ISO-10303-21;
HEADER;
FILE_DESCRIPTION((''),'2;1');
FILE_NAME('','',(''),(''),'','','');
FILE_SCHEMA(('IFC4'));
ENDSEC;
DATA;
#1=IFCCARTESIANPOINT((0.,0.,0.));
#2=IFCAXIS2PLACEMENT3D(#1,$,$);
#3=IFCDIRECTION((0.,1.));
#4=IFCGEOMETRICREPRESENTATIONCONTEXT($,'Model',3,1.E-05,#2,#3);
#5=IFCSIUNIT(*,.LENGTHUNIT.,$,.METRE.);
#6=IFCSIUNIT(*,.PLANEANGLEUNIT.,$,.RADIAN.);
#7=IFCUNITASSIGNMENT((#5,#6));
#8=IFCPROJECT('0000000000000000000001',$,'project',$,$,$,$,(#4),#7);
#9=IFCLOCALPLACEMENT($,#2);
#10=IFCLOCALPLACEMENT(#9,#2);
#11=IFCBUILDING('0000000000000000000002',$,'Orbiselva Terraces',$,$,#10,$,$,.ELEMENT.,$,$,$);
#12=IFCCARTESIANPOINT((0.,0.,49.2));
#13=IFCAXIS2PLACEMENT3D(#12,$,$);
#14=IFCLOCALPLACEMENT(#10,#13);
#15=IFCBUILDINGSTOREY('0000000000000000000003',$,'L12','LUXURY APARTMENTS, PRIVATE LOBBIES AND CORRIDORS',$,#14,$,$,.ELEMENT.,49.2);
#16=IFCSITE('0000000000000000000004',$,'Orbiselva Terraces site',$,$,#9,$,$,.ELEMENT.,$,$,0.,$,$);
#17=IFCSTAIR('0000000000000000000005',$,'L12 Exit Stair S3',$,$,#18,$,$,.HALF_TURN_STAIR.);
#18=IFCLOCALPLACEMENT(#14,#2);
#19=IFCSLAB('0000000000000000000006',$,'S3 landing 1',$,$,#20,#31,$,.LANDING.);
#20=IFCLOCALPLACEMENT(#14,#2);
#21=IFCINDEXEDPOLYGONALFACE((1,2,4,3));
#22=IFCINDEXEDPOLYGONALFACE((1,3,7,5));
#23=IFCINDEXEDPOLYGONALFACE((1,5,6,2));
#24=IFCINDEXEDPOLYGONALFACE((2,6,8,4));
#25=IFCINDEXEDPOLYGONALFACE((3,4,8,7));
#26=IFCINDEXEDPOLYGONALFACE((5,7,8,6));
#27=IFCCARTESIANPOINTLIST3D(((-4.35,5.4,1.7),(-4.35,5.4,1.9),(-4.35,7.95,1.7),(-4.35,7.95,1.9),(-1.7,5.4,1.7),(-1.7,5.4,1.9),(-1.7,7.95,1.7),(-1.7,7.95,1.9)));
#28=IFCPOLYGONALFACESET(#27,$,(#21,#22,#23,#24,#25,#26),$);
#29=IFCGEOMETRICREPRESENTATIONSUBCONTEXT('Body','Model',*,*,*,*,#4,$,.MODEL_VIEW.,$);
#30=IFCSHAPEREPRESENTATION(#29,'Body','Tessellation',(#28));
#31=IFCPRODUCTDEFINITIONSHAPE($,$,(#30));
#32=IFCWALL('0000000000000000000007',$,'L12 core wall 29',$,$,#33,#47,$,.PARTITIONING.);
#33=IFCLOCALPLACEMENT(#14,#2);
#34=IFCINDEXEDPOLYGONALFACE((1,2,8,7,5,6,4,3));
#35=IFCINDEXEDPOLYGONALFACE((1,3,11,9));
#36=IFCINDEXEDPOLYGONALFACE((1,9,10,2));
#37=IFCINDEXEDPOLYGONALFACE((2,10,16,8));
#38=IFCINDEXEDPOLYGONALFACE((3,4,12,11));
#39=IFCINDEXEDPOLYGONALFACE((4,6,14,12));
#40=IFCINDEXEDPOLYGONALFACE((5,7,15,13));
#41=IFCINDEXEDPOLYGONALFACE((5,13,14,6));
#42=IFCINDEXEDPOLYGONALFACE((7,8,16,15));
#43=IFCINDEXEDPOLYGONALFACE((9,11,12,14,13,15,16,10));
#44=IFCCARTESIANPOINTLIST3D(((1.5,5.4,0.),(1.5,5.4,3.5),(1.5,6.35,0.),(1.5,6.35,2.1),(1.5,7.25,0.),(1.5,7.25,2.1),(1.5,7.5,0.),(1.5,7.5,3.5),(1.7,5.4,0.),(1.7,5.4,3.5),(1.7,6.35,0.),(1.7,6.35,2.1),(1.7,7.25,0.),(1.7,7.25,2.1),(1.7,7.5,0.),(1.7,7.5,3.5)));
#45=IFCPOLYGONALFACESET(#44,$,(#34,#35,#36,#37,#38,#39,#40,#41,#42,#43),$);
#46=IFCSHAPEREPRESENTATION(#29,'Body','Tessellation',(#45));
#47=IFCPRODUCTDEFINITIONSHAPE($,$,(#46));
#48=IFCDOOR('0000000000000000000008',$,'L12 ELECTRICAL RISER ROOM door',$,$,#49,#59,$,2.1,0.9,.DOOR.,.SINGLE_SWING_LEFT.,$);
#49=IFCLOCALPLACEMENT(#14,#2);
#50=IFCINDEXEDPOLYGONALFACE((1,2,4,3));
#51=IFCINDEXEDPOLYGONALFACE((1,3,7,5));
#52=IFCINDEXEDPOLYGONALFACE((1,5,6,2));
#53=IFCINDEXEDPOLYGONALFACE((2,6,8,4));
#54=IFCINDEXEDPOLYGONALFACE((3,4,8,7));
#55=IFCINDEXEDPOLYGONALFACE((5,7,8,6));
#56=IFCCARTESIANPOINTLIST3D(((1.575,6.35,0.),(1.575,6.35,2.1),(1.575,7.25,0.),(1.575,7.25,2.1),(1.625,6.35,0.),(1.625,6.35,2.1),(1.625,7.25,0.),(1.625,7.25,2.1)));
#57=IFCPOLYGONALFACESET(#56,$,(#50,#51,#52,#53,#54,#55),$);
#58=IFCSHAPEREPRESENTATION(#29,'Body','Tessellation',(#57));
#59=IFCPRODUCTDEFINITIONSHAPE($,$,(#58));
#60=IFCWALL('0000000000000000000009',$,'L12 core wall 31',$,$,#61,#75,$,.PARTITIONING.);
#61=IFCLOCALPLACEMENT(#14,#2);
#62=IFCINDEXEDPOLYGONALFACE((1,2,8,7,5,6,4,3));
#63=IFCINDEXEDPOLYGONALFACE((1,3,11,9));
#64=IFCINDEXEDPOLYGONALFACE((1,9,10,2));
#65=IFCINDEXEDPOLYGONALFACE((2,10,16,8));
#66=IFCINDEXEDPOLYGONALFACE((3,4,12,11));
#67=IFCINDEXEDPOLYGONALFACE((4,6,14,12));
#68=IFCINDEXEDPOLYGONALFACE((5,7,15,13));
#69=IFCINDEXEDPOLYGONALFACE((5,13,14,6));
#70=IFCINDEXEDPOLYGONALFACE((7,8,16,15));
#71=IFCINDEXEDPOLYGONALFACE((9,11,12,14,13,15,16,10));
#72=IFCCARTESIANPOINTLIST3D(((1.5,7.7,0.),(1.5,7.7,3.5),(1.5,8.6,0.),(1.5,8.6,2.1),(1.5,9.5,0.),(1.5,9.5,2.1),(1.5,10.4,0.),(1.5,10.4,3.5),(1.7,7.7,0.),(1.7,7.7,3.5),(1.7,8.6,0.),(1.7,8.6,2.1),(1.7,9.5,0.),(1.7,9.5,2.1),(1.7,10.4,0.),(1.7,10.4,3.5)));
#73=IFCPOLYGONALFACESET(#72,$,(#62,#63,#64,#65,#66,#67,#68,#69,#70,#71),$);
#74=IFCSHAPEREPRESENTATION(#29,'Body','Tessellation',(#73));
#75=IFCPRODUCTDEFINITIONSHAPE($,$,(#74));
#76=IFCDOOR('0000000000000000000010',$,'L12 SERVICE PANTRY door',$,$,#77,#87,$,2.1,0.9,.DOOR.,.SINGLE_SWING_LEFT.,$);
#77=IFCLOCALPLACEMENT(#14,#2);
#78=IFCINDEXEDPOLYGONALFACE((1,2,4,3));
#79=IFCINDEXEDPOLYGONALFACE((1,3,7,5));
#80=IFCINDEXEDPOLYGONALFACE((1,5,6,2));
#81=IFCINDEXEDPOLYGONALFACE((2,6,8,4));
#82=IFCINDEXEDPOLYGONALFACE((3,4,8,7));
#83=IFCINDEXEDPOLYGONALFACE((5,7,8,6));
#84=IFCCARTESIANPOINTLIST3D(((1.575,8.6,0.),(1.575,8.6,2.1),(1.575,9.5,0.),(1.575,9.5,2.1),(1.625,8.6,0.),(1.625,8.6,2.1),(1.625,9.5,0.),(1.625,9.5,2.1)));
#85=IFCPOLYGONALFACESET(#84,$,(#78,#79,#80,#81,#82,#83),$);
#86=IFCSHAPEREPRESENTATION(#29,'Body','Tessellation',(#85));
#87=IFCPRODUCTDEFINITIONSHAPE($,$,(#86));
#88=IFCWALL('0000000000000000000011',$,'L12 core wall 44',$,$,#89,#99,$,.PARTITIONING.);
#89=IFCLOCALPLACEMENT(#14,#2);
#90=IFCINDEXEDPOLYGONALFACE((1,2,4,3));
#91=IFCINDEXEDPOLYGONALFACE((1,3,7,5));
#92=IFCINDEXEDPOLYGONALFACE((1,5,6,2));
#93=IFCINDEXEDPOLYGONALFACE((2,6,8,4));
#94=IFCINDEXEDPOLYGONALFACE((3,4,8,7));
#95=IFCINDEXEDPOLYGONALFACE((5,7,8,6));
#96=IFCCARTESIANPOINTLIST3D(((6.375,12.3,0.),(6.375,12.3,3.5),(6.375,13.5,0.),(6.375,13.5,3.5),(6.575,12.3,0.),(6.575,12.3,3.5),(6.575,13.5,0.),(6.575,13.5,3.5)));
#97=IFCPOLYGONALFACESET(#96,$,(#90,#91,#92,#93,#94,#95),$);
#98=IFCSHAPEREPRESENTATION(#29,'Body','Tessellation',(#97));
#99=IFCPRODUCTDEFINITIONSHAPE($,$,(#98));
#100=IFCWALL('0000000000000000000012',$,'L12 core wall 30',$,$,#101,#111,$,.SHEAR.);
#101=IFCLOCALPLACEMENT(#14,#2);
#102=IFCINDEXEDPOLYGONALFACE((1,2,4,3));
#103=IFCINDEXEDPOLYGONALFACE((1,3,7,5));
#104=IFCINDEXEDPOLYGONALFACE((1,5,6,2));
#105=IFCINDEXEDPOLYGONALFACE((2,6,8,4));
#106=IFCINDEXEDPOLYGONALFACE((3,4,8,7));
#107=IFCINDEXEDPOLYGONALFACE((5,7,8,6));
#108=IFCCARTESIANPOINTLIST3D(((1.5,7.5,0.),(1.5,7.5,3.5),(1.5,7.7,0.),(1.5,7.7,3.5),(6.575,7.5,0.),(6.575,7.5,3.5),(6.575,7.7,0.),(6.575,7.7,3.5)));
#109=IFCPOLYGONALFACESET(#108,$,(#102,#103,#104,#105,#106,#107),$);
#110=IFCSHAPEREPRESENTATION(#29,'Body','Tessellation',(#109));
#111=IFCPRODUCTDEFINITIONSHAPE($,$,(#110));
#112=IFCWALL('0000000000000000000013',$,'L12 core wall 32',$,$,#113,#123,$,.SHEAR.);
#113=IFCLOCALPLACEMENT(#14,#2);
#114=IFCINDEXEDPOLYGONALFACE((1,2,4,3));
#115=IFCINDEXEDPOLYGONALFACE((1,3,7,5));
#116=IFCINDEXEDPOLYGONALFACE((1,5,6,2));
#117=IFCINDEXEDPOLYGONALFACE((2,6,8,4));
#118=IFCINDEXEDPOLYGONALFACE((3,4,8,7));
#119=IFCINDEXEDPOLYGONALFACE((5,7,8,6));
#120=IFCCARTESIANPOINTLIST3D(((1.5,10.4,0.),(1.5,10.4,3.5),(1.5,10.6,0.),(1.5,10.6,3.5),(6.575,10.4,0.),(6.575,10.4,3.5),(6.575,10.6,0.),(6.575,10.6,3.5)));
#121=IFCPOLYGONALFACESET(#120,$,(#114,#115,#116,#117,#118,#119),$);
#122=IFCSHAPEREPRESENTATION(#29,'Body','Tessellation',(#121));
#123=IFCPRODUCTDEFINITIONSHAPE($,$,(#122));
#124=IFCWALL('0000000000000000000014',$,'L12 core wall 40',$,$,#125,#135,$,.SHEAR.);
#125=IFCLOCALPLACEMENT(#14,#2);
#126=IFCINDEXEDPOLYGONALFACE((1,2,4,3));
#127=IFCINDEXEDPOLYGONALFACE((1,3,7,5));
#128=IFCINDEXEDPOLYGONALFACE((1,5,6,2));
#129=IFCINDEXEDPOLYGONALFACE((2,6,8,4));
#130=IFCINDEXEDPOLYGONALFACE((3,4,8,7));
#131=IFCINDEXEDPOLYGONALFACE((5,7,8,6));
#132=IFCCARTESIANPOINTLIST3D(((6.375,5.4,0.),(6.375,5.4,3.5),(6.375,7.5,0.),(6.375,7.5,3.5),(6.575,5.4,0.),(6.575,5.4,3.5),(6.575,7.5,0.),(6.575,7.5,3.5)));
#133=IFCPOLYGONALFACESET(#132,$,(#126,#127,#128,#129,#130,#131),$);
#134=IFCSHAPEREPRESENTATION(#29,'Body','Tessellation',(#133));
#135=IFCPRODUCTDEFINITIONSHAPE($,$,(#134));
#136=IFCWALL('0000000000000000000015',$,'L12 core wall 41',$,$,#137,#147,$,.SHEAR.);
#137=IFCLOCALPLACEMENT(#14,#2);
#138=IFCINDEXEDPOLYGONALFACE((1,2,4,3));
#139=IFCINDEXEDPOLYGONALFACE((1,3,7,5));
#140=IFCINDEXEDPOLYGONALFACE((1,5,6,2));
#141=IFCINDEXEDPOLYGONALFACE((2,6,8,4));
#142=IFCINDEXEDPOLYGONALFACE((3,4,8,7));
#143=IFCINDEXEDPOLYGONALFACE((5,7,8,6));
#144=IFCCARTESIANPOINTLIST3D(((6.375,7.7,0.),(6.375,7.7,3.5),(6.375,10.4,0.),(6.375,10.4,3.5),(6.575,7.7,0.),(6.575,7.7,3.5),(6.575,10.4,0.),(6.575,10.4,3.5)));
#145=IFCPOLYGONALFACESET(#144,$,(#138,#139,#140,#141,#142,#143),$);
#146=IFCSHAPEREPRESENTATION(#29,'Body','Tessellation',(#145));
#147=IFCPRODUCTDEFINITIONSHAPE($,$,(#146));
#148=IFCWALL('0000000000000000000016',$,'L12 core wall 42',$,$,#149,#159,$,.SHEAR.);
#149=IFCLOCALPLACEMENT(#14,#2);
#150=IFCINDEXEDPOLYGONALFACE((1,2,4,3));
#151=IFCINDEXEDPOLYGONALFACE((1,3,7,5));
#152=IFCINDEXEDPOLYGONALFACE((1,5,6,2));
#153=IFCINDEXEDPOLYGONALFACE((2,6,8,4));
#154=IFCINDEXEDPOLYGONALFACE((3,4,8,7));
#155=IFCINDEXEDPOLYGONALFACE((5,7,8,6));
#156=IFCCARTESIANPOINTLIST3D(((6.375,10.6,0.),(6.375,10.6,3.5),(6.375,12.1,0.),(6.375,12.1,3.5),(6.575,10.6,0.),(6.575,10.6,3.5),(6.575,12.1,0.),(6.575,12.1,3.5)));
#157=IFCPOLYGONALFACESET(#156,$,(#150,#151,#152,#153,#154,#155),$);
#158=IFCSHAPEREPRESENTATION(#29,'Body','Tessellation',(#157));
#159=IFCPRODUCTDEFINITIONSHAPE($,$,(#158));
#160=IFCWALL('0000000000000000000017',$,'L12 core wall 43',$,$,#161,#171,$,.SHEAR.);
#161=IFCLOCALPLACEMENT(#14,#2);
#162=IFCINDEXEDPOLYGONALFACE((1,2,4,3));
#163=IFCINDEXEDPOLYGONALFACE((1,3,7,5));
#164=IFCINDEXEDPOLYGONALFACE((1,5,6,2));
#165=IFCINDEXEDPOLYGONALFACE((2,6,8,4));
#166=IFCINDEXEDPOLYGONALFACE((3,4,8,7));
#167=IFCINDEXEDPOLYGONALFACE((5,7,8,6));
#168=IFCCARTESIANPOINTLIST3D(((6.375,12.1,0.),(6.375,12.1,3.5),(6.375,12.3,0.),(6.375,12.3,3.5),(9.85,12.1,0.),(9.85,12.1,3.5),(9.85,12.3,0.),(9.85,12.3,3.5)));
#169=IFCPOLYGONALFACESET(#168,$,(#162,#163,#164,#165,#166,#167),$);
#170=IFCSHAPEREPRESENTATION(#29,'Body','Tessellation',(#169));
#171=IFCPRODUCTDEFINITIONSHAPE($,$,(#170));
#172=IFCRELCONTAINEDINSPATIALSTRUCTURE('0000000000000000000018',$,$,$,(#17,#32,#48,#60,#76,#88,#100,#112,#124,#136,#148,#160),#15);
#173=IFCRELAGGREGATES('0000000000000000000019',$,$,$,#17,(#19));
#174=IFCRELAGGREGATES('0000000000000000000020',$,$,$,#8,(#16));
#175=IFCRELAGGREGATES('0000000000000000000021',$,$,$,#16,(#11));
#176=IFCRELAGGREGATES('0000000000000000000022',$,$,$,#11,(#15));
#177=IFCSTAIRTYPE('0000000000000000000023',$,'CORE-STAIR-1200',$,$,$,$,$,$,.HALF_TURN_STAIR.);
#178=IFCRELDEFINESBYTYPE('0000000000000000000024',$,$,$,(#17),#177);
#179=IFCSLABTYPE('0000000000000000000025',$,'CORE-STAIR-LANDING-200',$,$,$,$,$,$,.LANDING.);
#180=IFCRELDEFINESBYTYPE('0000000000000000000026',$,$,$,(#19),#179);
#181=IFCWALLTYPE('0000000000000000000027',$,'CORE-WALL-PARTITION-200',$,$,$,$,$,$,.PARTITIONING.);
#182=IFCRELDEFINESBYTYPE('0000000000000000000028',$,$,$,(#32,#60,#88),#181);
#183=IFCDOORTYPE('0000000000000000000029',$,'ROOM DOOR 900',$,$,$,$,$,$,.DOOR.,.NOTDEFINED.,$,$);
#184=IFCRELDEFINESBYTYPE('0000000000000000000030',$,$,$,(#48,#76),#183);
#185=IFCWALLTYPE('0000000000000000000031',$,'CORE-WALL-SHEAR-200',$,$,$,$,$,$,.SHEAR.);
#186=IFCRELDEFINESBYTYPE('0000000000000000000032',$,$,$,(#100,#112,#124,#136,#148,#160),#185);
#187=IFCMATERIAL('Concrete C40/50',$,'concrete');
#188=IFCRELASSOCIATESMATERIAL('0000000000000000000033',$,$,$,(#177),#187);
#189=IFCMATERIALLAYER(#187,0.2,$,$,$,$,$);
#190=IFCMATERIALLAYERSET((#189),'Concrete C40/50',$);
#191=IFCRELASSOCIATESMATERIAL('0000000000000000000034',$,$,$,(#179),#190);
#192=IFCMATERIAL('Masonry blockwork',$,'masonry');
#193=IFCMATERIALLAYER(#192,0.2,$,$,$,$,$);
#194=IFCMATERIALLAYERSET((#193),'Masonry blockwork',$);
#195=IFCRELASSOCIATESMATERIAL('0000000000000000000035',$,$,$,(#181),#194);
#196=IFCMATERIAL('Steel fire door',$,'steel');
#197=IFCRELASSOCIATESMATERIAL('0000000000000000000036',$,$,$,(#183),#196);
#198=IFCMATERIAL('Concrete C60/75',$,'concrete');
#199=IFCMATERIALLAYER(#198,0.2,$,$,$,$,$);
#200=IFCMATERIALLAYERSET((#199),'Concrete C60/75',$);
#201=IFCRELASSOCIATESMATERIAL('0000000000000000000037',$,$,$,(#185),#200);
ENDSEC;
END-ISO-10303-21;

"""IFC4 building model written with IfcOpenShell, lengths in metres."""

from ifc_helpers import new_model, si_unit, direction, frame, frame_2d, origin, place, context, subcontext, project, spatial, polyline, rectangle, outline, extrude, material, layer, layer_set, type_object, element, fill, aggregate, save


model = new_model("IFC4")

# Units and contexts
model_context = context("Model", 3, precision=1e-05, world=origin(), true_north=direction((0.0, 1.0)))
body_context = subcontext(model_context, "Body", "Model", "MODEL_VIEW")
ifc_project = project(units=[si_unit("LENGTHUNIT", "METRE"), si_unit("PLANEANGLEUNIT", "RADIAN")], contexts=[model_context])

# Site, building, storey
site_placement = place(None, origin())
site = spatial("IfcSite", under=ifc_project, at=site_placement, Name="Orbiselva Terraces site", CompositionType="ELEMENT", RefElevation=0.0)
building_placement = place(site_placement, origin())
building = spatial("IfcBuilding", under=site, at=building_placement, Name="Orbiselva Terraces", CompositionType="ELEMENT")
storey_placement = place(building_placement, frame((0.0, 0.0, 49.2)))
storey = spatial("IfcBuildingStorey", under=building, at=storey_placement, Name="L12", Description="LUXURY APARTMENTS, PRIVATE LOBBIES AND CORRIDORS", CompositionType="ELEMENT", Elevation=49.2)

# Stair, slab
ifc_material_1 = material(Name="Concrete C40/50", Category="concrete")
stair_type = type_object("IfcStairType", Name="CORE-STAIR-1200", PredefinedType="HALF_TURN_STAIR", material=ifc_material_1)
stair_placement = place(storey_placement, origin())
stair = element("IfcStair", 1, at=stair_placement, inside=storey, type_object=stair_type, Name="L12 Exit Stair S3", PredefinedType="HALF_TURN_STAIR")
ifc_layer_1 = layer(ifc_material_1, 0.2)
ifc_layer_set_1 = layer_set([ifc_layer_1], Name="Concrete C40/50")
slab_type = type_object("IfcSlabType", Name="CORE-STAIR-LANDING-200", PredefinedType="LANDING", material=ifc_layer_set_1)
slab_placement = place(storey_placement, frame((0.0, 0.0, 1.7)))
slab = element("IfcSlab", 2, at=slab_placement, type_object=slab_type, Name="S3 landing 1", PredefinedType="LANDING", context=body_context, shape_type="SweptSolid", body=[
    extrude(outline(polyline([(-4.35, 5.4), (-1.7, 5.4), (-1.7, 7.95), (-4.35, 7.95), (-4.35, 5.4)])), origin(), (0.0, 0.0, 1.0), 0.2),
])
aggregate(stair, [slab])

# Walls, openings, doors
ifc_material_2 = material(Name="Masonry blockwork", Category="masonry")
ifc_layer_2 = layer(ifc_material_2, 0.2)
ifc_layer_set_2 = layer_set([ifc_layer_2], Name="Masonry blockwork")
wall_type_1 = type_object("IfcWallType", Name="CORE-WALL-PARTITION-200", PredefinedType="PARTITIONING", material=ifc_layer_set_2)
wall_1_placement = place(storey_placement, frame((1.6, 7.5, 0.0), z_axis=(0.0, 0.0, 1.0), x_axis=(0.0, -1.0, 0.0)))
wall_1 = element("IfcWall", 3, at=wall_1_placement, inside=storey, type_object=wall_type_1, Name="L12 core wall 29", PredefinedType="PARTITIONING", context=body_context, shape_type="SweptSolid", body=[
    extrude(rectangle(XDim=2.1, YDim=0.2, at=frame_2d((1.05, 0.0))), origin(), (0.0, 0.0, 1.0), 3.5),
])
opening_1_placement = place(wall_1_placement, frame((0.25, 0.0, 0.0)))
opening_1 = element("IfcOpeningElement", 4, at=opening_1_placement, cuts=wall_1, PredefinedType="OPENING", context=body_context, shape_type="SweptSolid", body=[
    extrude(rectangle(XDim=0.9, YDim=2.1, at=frame_2d((0.45, 1.05))), frame((0.0, 0.11, 0.0), z_axis=(0.0, -1.0, 0.0), x_axis=(1.0, 0.0, 0.0)), (0.0, 0.0, 1.0), 0.22),
])
ifc_material_3 = material(Name="Steel fire door", Category="steel")
door_type_1 = type_object("IfcDoorType", Name="ROOM DOOR 900", OperationType="NOTDEFINED", PredefinedType="DOOR", material=ifc_material_3)
door_1_placement = place(opening_1_placement, origin())
door_1 = element("IfcDoor", 5, at=door_1_placement, inside=storey, type_object=door_type_1, Name="L12 ELECTRICAL RISER ROOM door", OperationType="SINGLE_SWING_LEFT", OverallHeight=2.1, OverallWidth=0.9, PredefinedType="DOOR", context=body_context, shape_type="SweptSolid", body=[
    extrude(rectangle(XDim=0.9, YDim=2.1, at=frame_2d((0.45, 1.05))), frame((0.0, 0.025, 0.0), z_axis=(0.0, -1.0, 0.0), x_axis=(1.0, 0.0, 0.0)), (0.0, 0.0, 1.0), 0.05),
])
fill(opening_1, door_1)
wall_2_placement = place(storey_placement, frame((1.6, 10.4, 0.0), z_axis=(0.0, 0.0, 1.0), x_axis=(0.0, -1.0, 0.0)))
wall_2 = element("IfcWall", 6, at=wall_2_placement, inside=storey, type_object=wall_type_1, Name="L12 core wall 31", PredefinedType="PARTITIONING", context=body_context, shape_type="SweptSolid", body=[
    extrude(rectangle(XDim=2.7, YDim=0.2, at=frame_2d((1.35, 0.0))), origin(), (0.0, 0.0, 1.0), 3.5),
])
opening_2_placement = place(wall_2_placement, frame((0.9, 0.0, 0.0)))
opening_2 = element("IfcOpeningElement", 7, at=opening_2_placement, cuts=wall_2, PredefinedType="OPENING", context=body_context, shape_type="SweptSolid", body=[
    extrude(rectangle(XDim=0.9, YDim=2.1, at=frame_2d((0.45, 1.05))), frame((0.0, 0.11, 0.0), z_axis=(0.0, -1.0, 0.0), x_axis=(1.0, 0.0, 0.0)), (0.0, 0.0, 1.0), 0.22),
])
door_2_placement = place(opening_2_placement, origin())
door_2 = element("IfcDoor", 8, at=door_2_placement, inside=storey, type_object=door_type_1, Name="L12 SERVICE PANTRY door", OperationType="SINGLE_SWING_LEFT", OverallHeight=2.1, OverallWidth=0.9, PredefinedType="DOOR", context=body_context, shape_type="SweptSolid", body=[
    extrude(rectangle(XDim=0.9, YDim=2.1, at=frame_2d((0.45, 1.05))), frame((0.0, 0.025, 0.0), z_axis=(0.0, -1.0, 0.0), x_axis=(1.0, 0.0, 0.0)), (0.0, 0.0, 1.0), 0.05),
])
fill(opening_2, door_2)

# Walls
wall_3_placement = place(storey_placement, frame((6.475, 12.3, 0.0), z_axis=(0.0, 0.0, 1.0), x_axis=(0.0, 1.0, 0.0)))
element("IfcWall", 9, at=wall_3_placement, inside=storey, type_object=wall_type_1, Name="L12 core wall 44", PredefinedType="PARTITIONING", context=body_context, shape_type="SweptSolid", body=[
    extrude(rectangle(XDim=1.2, YDim=0.2, at=frame_2d((0.6, 0.0))), origin(), (0.0, 0.0, 1.0), 3.5),
])
ifc_material_4 = material(Name="Concrete C60/75", Category="concrete")
ifc_layer_3 = layer(ifc_material_4, 0.2)
ifc_layer_set_3 = layer_set([ifc_layer_3], Name="Concrete C60/75")
wall_type_2 = type_object("IfcWallType", Name="CORE-WALL-SHEAR-200", PredefinedType="SHEAR", material=ifc_layer_set_3)
for number, where, z_axis, x_axis, name in (
    (10, (1.5, 7.6, 0.0), (0.0, 0.0, 1.0), (1.0, 0.0, 0.0), "L12 core wall 30"),
    (11, (1.5, 10.5, 0.0), (0.0, 0.0, 1.0), (1.0, 0.0, 0.0), "L12 core wall 32"),
):
    element("IfcWall", number, at=place(storey_placement, frame(where, z_axis=z_axis, x_axis=x_axis)), inside=storey, type_object=wall_type_2, Name=name, PredefinedType="SHEAR", context=body_context, shape_type="SweptSolid", body=[
        extrude(rectangle(XDim=5.075, YDim=0.2, at=frame_2d((2.5375, 0.0))), origin(), (0.0, 0.0, 1.0), 3.5),
    ])
wall_4_placement = place(storey_placement, frame((6.475, 5.4, 0.0), z_axis=(0.0, 0.0, 1.0), x_axis=(0.0, 1.0, 0.0)))
element("IfcWall", 12, at=wall_4_placement, inside=storey, type_object=wall_type_2, Name="L12 core wall 40", PredefinedType="SHEAR", context=body_context, shape_type="SweptSolid", body=[
    extrude(rectangle(XDim=2.1, YDim=0.2, at=frame_2d((1.05, 0.0))), origin(), (0.0, 0.0, 1.0), 3.5),
])
wall_5_placement = place(storey_placement, frame((6.475, 7.7, 0.0), z_axis=(0.0, 0.0, 1.0), x_axis=(0.0, 1.0, 0.0)))
element("IfcWall", 13, at=wall_5_placement, inside=storey, type_object=wall_type_2, Name="L12 core wall 41", PredefinedType="SHEAR", context=body_context, shape_type="SweptSolid", body=[
    extrude(rectangle(XDim=2.7, YDim=0.2, at=frame_2d((1.35, 0.0))), origin(), (0.0, 0.0, 1.0), 3.5),
])
wall_6_placement = place(storey_placement, frame((6.475, 10.6, 0.0), z_axis=(0.0, 0.0, 1.0), x_axis=(0.0, 1.0, 0.0)))
element("IfcWall", 14, at=wall_6_placement, inside=storey, type_object=wall_type_2, Name="L12 core wall 42", PredefinedType="SHEAR", context=body_context, shape_type="SweptSolid", body=[
    extrude(rectangle(XDim=1.5, YDim=0.2, at=frame_2d((0.75, 0.0))), origin(), (0.0, 0.0, 1.0), 3.5),
])
wall_7_placement = place(storey_placement, frame((6.375, 12.2, 0.0), z_axis=(0.0, 0.0, 1.0), x_axis=(1.0, 0.0, 0.0)))
element("IfcWall", 15, at=wall_7_placement, inside=storey, type_object=wall_type_2, Name="L12 core wall 43", PredefinedType="SHEAR", context=body_context, shape_type="SweptSolid", body=[
    extrude(rectangle(XDim=3.475, YDim=0.2, at=frame_2d((1.7375, 0.0))), origin(), (0.0, 0.0, 1.0), 3.5),
])

save(model, "model.ifc")
